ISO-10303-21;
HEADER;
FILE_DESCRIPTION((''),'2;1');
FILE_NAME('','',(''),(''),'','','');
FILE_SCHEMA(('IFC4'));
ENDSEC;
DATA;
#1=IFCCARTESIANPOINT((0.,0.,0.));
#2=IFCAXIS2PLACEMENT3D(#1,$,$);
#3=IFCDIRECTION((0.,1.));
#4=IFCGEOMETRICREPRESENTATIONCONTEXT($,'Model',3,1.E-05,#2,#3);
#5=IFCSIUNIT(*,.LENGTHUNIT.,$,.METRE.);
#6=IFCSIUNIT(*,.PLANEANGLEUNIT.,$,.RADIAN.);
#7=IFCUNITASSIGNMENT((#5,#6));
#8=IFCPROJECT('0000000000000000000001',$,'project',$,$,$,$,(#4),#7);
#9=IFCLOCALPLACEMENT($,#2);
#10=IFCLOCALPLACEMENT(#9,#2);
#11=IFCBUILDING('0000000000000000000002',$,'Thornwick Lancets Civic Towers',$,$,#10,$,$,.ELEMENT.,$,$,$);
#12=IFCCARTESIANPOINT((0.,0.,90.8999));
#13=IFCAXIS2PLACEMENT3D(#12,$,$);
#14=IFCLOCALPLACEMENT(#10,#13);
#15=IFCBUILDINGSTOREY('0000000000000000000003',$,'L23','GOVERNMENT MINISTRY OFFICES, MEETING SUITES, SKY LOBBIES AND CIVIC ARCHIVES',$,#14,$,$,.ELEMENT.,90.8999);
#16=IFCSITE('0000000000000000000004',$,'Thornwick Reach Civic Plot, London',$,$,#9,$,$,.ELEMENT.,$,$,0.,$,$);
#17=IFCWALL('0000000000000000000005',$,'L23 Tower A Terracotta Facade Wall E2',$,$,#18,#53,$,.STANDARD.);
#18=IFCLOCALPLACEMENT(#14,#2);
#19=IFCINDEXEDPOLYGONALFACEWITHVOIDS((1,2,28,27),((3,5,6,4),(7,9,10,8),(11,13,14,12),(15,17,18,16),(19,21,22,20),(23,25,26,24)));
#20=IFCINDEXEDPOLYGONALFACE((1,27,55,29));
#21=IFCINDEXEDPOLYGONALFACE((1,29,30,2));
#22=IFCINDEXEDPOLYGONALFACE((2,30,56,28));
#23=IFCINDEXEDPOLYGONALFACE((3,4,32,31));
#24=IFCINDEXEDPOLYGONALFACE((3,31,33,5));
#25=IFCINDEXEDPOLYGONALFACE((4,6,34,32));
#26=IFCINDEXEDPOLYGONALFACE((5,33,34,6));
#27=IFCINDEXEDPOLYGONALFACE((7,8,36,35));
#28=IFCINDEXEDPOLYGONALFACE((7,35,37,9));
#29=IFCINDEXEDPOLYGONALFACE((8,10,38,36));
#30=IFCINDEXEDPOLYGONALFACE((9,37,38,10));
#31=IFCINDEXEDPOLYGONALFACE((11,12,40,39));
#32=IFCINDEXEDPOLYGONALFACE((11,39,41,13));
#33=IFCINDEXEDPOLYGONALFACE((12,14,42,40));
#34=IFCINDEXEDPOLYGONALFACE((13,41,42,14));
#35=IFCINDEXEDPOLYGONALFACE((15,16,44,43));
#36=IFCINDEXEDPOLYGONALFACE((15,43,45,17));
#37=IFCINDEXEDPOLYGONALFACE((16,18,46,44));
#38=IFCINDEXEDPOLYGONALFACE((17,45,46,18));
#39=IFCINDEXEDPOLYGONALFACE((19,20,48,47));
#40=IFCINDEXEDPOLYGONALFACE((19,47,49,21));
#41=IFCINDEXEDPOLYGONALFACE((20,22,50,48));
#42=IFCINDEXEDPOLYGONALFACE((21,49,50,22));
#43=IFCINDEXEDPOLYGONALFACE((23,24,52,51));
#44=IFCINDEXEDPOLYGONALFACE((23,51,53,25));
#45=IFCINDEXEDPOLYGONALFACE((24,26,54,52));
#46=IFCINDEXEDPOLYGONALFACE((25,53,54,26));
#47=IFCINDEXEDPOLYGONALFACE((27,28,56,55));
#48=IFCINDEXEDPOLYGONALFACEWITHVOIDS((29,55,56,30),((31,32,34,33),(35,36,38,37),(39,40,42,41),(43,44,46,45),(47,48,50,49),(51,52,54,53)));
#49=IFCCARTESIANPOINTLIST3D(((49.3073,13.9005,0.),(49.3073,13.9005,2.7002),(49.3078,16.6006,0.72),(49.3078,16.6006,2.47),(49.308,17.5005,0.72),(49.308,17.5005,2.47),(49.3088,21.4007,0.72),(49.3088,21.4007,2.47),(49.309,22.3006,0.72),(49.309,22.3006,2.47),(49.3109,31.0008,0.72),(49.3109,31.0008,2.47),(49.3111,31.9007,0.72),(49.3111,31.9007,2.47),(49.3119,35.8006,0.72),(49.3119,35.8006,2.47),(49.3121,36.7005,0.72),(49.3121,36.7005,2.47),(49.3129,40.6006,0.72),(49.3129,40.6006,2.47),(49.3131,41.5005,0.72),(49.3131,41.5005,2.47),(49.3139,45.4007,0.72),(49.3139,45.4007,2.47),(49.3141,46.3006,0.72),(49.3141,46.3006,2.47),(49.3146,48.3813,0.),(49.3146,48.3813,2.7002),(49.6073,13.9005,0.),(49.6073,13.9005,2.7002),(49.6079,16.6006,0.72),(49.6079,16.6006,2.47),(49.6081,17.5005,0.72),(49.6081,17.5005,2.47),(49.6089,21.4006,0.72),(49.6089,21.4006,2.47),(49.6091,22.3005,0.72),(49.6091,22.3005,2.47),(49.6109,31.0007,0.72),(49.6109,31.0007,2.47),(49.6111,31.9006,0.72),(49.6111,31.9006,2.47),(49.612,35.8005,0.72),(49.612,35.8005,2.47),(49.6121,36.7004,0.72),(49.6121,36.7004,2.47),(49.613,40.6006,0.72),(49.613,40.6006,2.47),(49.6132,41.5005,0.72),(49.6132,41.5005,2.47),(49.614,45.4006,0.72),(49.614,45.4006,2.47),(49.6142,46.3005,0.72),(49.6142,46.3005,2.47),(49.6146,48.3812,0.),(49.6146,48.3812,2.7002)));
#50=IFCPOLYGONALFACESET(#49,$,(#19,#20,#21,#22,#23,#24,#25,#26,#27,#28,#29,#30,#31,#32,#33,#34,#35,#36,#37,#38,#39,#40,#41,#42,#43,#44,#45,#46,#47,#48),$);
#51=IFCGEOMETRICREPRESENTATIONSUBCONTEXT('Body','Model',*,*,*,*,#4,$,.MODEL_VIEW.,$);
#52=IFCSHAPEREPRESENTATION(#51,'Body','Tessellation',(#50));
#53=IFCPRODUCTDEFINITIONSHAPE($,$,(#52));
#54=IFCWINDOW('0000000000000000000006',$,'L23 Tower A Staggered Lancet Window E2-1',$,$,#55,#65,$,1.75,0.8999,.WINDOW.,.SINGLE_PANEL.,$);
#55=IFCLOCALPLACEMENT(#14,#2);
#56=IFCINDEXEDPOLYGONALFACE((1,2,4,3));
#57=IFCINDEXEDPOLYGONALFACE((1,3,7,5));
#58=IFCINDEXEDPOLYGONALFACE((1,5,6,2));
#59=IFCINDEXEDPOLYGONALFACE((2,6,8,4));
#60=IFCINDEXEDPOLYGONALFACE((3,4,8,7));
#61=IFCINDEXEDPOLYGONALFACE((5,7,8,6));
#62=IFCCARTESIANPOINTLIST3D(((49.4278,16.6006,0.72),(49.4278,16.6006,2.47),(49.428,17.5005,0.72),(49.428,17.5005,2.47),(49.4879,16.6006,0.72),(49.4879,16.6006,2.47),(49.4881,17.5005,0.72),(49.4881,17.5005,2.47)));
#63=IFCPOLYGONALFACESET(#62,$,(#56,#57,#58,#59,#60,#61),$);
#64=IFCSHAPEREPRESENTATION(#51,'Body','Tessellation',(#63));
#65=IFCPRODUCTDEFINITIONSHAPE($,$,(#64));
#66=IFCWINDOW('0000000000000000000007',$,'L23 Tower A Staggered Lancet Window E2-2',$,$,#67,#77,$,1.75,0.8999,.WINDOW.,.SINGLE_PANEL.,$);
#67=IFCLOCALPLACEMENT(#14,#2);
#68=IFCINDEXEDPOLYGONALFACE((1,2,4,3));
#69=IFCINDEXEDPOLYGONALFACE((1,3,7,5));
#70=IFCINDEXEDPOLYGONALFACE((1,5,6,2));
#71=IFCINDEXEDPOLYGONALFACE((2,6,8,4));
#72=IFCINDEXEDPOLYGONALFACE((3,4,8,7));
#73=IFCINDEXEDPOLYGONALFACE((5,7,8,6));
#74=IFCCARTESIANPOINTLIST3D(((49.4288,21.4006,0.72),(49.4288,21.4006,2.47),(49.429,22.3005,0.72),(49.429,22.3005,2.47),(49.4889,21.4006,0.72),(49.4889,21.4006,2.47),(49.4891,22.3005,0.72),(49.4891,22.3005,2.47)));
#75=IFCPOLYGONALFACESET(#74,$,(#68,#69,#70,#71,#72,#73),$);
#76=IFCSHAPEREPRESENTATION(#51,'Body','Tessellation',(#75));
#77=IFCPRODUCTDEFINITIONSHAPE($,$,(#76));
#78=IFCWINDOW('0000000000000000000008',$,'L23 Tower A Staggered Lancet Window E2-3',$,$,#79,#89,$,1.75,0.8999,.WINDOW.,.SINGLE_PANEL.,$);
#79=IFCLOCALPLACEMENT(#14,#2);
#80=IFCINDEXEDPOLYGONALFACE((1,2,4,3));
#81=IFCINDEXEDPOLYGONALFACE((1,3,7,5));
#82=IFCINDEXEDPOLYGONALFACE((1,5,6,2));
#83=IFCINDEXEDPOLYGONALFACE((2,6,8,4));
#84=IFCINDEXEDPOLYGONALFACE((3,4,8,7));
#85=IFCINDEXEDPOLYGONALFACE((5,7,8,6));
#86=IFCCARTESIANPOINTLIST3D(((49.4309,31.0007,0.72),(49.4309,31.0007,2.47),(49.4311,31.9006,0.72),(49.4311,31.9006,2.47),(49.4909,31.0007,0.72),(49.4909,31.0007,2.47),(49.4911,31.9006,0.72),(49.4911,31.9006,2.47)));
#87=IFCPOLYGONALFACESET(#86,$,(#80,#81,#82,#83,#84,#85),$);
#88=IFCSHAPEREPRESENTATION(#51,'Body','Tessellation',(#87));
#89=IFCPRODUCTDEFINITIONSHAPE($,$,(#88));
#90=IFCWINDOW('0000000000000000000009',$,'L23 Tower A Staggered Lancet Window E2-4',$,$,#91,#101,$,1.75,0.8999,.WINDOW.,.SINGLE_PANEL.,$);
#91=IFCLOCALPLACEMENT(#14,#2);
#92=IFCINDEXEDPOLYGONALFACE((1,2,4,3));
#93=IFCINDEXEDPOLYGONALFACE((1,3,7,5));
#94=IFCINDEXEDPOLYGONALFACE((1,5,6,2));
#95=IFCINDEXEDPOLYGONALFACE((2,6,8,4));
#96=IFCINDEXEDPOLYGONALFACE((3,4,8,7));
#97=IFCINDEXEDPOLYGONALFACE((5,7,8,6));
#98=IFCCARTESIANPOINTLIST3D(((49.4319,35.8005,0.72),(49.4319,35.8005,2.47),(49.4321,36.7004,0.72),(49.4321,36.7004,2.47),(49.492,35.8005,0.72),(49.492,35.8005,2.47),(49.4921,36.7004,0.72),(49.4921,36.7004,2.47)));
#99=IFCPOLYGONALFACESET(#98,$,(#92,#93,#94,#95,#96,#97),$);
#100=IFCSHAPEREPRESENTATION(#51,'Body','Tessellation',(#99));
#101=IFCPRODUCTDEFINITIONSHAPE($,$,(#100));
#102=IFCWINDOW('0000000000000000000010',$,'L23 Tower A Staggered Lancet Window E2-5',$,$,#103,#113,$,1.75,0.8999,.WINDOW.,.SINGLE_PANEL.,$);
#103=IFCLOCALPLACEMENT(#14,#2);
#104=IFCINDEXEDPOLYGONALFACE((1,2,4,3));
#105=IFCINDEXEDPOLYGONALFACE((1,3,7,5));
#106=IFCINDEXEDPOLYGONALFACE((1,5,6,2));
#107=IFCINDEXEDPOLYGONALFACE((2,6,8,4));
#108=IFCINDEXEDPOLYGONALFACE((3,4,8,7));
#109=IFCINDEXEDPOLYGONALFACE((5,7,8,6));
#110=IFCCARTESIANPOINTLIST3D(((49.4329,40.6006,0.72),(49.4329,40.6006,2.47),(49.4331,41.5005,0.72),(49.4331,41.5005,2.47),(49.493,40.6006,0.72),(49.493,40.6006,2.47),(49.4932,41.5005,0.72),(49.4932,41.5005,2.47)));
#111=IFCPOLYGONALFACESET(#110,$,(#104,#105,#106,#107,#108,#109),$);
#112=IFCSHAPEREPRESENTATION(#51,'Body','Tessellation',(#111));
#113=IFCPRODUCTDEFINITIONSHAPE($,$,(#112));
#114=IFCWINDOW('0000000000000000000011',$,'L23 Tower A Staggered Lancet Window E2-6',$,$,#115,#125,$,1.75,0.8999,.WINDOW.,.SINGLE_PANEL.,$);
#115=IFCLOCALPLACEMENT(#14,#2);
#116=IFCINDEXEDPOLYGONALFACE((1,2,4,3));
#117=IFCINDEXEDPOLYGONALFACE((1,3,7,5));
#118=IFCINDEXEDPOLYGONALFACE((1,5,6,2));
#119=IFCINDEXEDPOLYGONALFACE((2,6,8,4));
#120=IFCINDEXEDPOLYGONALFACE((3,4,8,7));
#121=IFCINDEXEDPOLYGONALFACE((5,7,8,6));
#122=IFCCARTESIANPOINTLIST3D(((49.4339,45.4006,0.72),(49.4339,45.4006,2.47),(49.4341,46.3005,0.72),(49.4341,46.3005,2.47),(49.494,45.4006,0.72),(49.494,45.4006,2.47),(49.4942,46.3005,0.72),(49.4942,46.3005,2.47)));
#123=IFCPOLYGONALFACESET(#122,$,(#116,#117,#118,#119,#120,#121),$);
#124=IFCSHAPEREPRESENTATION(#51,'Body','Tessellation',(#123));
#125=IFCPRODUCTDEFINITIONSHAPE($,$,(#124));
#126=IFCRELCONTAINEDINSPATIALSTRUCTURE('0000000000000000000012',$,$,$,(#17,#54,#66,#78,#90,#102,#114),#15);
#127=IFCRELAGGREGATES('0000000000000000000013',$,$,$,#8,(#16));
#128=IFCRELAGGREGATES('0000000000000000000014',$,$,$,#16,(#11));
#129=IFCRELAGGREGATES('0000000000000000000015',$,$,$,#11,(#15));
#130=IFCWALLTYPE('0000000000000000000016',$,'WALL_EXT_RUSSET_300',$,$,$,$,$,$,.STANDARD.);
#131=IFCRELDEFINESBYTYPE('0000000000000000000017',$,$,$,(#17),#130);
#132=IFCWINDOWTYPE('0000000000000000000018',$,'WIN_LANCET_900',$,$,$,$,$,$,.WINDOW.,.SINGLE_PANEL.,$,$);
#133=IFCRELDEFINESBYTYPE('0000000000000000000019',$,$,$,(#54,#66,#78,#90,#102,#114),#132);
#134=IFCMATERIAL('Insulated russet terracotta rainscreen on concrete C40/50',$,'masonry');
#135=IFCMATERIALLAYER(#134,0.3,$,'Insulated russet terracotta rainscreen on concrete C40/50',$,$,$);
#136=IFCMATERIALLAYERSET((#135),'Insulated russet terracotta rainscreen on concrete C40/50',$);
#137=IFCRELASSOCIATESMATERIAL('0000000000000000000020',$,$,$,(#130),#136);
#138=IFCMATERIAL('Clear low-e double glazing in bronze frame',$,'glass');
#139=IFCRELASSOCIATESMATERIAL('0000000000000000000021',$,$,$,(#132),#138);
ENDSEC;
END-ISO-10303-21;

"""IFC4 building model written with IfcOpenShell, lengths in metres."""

from ifc_helpers import new_model, si_unit, direction, frame, frame_2d, origin, place, context, subcontext, project, spatial, rectangle, extrude, material, layer, layer_set, type_object, element, fill, save


model = new_model("IFC4")

# Units and contexts
model_context = context("Model", 3, precision=1e-05, world=origin(), true_north=direction((0.0, 1.0)))
body_context = subcontext(model_context, "Body", "Model", "MODEL_VIEW")
ifc_project = project(units=[si_unit("LENGTHUNIT", "METRE"), si_unit("PLANEANGLEUNIT", "RADIAN")], contexts=[model_context])

# Site, building, storey
site_placement = place(None, origin())
site = spatial("IfcSite", under=ifc_project, at=site_placement, Name="Thornwick Reach Civic Plot, London", CompositionType="ELEMENT", RefElevation=0.0)
building_placement = place(site_placement, origin())
building = spatial("IfcBuilding", under=site, at=building_placement, Name="Thornwick Lancets Civic Towers", CompositionType="ELEMENT")
storey_placement = place(building_placement, frame((0.0, 0.0, 90.8999)))
storey = spatial("IfcBuildingStorey", under=building, at=storey_placement, Name="L23", Description="GOVERNMENT MINISTRY OFFICES, MEETING SUITES, SKY LOBBIES AND CIVIC ARCHIVES", CompositionType="ELEMENT", Elevation=90.8999)

# Wall, openings, windows
ifc_material_1 = material(Name="Insulated russet terracotta rainscreen on concrete C40/50", Category="masonry")
ifc_layer_1 = layer(ifc_material_1, 0.3, Name="Insulated russet terracotta rainscreen on concrete C40/50")
ifc_layer_set_1 = layer_set([ifc_layer_1], Name="Insulated russet terracotta rainscreen on concrete C40/50")
wall_type_1 = type_object("IfcWallType", Name="WALL_EXT_RUSSET_300", PredefinedType="STANDARD", material=ifc_layer_set_1)
wall_1_placement = place(storey_placement, frame((49.4573, 13.9006, 0.0), z_axis=(0.0, 0.0, 1.0), x_axis=(0.000212, 1.0, 0.0)))
wall_1 = element("IfcWall", 1, at=wall_1_placement, inside=storey, type_object=wall_type_1, Name="L23 Tower A Terracotta Facade Wall E2", PredefinedType="STANDARD", context=body_context, shape_type="SweptSolid", body=[
    extrude(rectangle(XDim=34.4807, YDim=0.3, at=frame_2d((17.2402, 0.0))), origin(), (0.0, 0.0, 1.0), 2.7002),
])
opening_1_placement = place(wall_1_placement, frame((2.7, 0.0, 0.72)))
opening_1 = element("IfcOpeningElement", 2, at=opening_1_placement, cuts=wall_1, PredefinedType="OPENING", context=body_context, shape_type="SweptSolid", body=[
    extrude(rectangle(XDim=0.8999, YDim=1.75, at=frame_2d((0.45, 0.875))), frame((0.0, 0.1602, 0.0), z_axis=(0.0, -1.0, 0.0), x_axis=(1.0, 0.0, 0.0)), (0.0, 0.0, 1.0), 0.3201),
])
opening_2_placement = place(wall_1_placement, frame((7.5, 0.0, 0.72)))
opening_2 = element("IfcOpeningElement", 3, at=opening_2_placement, cuts=wall_1, PredefinedType="OPENING", context=body_context, shape_type="SweptSolid", body=[
    extrude(rectangle(XDim=0.8999, YDim=1.75, at=frame_2d((0.45, 0.875))), frame((0.0, 0.1602, 0.0), z_axis=(0.0, -1.0, 0.0), x_axis=(1.0, 0.0, 0.0)), (0.0, 0.0, 1.0), 0.3201),
])
opening_3_placement = place(wall_1_placement, frame((17.1001, 0.0, 0.72)))
opening_3 = element("IfcOpeningElement", 4, at=opening_3_placement, cuts=wall_1, PredefinedType="OPENING", context=body_context, shape_type="SweptSolid", body=[
    extrude(rectangle(XDim=0.8999, YDim=1.75, at=frame_2d((0.45, 0.875))), frame((0.0, 0.1602, 0.0), z_axis=(0.0, -1.0, 0.0), x_axis=(1.0, 0.0, 0.0)), (0.0, 0.0, 1.0), 0.3201),
])
opening_4_placement = place(wall_1_placement, frame((21.8999, 0.0, 0.72)))
opening_4 = element("IfcOpeningElement", 5, at=opening_4_placement, cuts=wall_1, PredefinedType="OPENING", context=body_context, shape_type="SweptSolid", body=[
    extrude(rectangle(XDim=0.8999, YDim=1.75, at=frame_2d((0.45, 0.875))), frame((0.0, 0.1602, 0.0), z_axis=(0.0, -1.0, 0.0), x_axis=(1.0, 0.0, 0.0)), (0.0, 0.0, 1.0), 0.3201),
])
opening_5_placement = place(wall_1_placement, frame((26.7, 0.0, 0.72)))
opening_5 = element("IfcOpeningElement", 6, at=opening_5_placement, cuts=wall_1, PredefinedType="OPENING", context=body_context, shape_type="SweptSolid", body=[
    extrude(rectangle(XDim=0.8999, YDim=1.75, at=frame_2d((0.45, 0.875))), frame((0.0, 0.1602, 0.0), z_axis=(0.0, -1.0, 0.0), x_axis=(1.0, 0.0, 0.0)), (0.0, 0.0, 1.0), 0.3201),
])
opening_6_placement = place(wall_1_placement, frame((31.5, 0.0, 0.72)))
opening_6 = element("IfcOpeningElement", 7, at=opening_6_placement, cuts=wall_1, PredefinedType="OPENING", context=body_context, shape_type="SweptSolid", body=[
    extrude(rectangle(XDim=0.8999, YDim=1.75, at=frame_2d((0.45, 0.875))), frame((0.0, 0.1602, 0.0), z_axis=(0.0, -1.0, 0.0), x_axis=(1.0, 0.0, 0.0)), (0.0, 0.0, 1.0), 0.3201),
])
ifc_material_2 = material(Name="Clear low-e double glazing in bronze frame", Category="glass")
window_type = type_object("IfcWindowType", Name="WIN_LANCET_900", PartitioningType="SINGLE_PANEL", PredefinedType="WINDOW", material=ifc_material_2)
window_1_placement = place(opening_1_placement, origin())
window_1 = element("IfcWindow", 8, at=window_1_placement, inside=storey, type_object=window_type, Name="L23 Tower A Staggered Lancet Window E2-1", OverallHeight=1.75, OverallWidth=0.8999, PartitioningType="SINGLE_PANEL", PredefinedType="WINDOW", context=body_context, shape_type="SweptSolid", body=[
    extrude(rectangle(XDim=0.8999, YDim=1.75, at=frame_2d((0.45, 0.875))), frame((0.0, 0.03, 0.0), z_axis=(0.0, -1.0, 0.0), x_axis=(1.0, 0.0, 0.0)), (0.0, 0.0, 1.0), 0.0601),
])
fill(opening_1, window_1)
window_2_placement = place(opening_2_placement, origin())
window_2 = element("IfcWindow", 9, at=window_2_placement, inside=storey, type_object=window_type, Name="L23 Tower A Staggered Lancet Window E2-2", OverallHeight=1.75, OverallWidth=0.8999, PartitioningType="SINGLE_PANEL", PredefinedType="WINDOW", context=body_context, shape_type="SweptSolid", body=[
    extrude(rectangle(XDim=0.8999, YDim=1.75, at=frame_2d((0.45, 0.875))), frame((0.0, 0.03, 0.0), z_axis=(0.0, -1.0, 0.0), x_axis=(1.0, 0.0, 0.0)), (0.0, 0.0, 1.0), 0.0601),
])
fill(opening_2, window_2)
window_3_placement = place(opening_3_placement, origin())
window_3 = element("IfcWindow", 10, at=window_3_placement, inside=storey, type_object=window_type, Name="L23 Tower A Staggered Lancet Window E2-3", OverallHeight=1.75, OverallWidth=0.8999, PartitioningType="SINGLE_PANEL", PredefinedType="WINDOW", context=body_context, shape_type="SweptSolid", body=[
    extrude(rectangle(XDim=0.8999, YDim=1.75, at=frame_2d((0.45, 0.875))), frame((0.0, 0.03, 0.0), z_axis=(0.0, -1.0, 0.0), x_axis=(1.0, 0.0, 0.0)), (0.0, 0.0, 1.0), 0.0601),
])
fill(opening_3, window_3)
window_4_placement = place(opening_4_placement, origin())
window_4 = element("IfcWindow", 11, at=window_4_placement, inside=storey, type_object=window_type, Name="L23 Tower A Staggered Lancet Window E2-4", OverallHeight=1.75, OverallWidth=0.8999, PartitioningType="SINGLE_PANEL", PredefinedType="WINDOW", context=body_context, shape_type="SweptSolid", body=[
    extrude(rectangle(XDim=0.8999, YDim=1.75, at=frame_2d((0.45, 0.875))), frame((0.0, 0.03, 0.0), z_axis=(0.0, -1.0, 0.0), x_axis=(1.0, 0.0, 0.0)), (0.0, 0.0, 1.0), 0.0601),
])
fill(opening_4, window_4)
window_5_placement = place(opening_5_placement, origin())
window_5 = element("IfcWindow", 12, at=window_5_placement, inside=storey, type_object=window_type, Name="L23 Tower A Staggered Lancet Window E2-5", OverallHeight=1.75, OverallWidth=0.8999, PartitioningType="SINGLE_PANEL", PredefinedType="WINDOW", context=body_context, shape_type="SweptSolid", body=[
    extrude(rectangle(XDim=0.8999, YDim=1.75, at=frame_2d((0.45, 0.875))), frame((0.0, 0.03, 0.0), z_axis=(0.0, -1.0, 0.0), x_axis=(1.0, 0.0, 0.0)), (0.0, 0.0, 1.0), 0.0601),
])
fill(opening_5, window_5)
window_6_placement = place(opening_6_placement, origin())
window_6 = element("IfcWindow", 13, at=window_6_placement, inside=storey, type_object=window_type, Name="L23 Tower A Staggered Lancet Window E2-6", OverallHeight=1.75, OverallWidth=0.8999, PartitioningType="SINGLE_PANEL", PredefinedType="WINDOW", context=body_context, shape_type="SweptSolid", body=[
    extrude(rectangle(XDim=0.8999, YDim=1.75, at=frame_2d((0.45, 0.875))), frame((0.0, 0.03, 0.0), z_axis=(0.0, -1.0, 0.0), x_axis=(1.0, 0.0, 0.0)), (0.0, 0.0, 1.0), 0.0601),
])
fill(opening_6, window_6)

save(model, "model.ifc")
